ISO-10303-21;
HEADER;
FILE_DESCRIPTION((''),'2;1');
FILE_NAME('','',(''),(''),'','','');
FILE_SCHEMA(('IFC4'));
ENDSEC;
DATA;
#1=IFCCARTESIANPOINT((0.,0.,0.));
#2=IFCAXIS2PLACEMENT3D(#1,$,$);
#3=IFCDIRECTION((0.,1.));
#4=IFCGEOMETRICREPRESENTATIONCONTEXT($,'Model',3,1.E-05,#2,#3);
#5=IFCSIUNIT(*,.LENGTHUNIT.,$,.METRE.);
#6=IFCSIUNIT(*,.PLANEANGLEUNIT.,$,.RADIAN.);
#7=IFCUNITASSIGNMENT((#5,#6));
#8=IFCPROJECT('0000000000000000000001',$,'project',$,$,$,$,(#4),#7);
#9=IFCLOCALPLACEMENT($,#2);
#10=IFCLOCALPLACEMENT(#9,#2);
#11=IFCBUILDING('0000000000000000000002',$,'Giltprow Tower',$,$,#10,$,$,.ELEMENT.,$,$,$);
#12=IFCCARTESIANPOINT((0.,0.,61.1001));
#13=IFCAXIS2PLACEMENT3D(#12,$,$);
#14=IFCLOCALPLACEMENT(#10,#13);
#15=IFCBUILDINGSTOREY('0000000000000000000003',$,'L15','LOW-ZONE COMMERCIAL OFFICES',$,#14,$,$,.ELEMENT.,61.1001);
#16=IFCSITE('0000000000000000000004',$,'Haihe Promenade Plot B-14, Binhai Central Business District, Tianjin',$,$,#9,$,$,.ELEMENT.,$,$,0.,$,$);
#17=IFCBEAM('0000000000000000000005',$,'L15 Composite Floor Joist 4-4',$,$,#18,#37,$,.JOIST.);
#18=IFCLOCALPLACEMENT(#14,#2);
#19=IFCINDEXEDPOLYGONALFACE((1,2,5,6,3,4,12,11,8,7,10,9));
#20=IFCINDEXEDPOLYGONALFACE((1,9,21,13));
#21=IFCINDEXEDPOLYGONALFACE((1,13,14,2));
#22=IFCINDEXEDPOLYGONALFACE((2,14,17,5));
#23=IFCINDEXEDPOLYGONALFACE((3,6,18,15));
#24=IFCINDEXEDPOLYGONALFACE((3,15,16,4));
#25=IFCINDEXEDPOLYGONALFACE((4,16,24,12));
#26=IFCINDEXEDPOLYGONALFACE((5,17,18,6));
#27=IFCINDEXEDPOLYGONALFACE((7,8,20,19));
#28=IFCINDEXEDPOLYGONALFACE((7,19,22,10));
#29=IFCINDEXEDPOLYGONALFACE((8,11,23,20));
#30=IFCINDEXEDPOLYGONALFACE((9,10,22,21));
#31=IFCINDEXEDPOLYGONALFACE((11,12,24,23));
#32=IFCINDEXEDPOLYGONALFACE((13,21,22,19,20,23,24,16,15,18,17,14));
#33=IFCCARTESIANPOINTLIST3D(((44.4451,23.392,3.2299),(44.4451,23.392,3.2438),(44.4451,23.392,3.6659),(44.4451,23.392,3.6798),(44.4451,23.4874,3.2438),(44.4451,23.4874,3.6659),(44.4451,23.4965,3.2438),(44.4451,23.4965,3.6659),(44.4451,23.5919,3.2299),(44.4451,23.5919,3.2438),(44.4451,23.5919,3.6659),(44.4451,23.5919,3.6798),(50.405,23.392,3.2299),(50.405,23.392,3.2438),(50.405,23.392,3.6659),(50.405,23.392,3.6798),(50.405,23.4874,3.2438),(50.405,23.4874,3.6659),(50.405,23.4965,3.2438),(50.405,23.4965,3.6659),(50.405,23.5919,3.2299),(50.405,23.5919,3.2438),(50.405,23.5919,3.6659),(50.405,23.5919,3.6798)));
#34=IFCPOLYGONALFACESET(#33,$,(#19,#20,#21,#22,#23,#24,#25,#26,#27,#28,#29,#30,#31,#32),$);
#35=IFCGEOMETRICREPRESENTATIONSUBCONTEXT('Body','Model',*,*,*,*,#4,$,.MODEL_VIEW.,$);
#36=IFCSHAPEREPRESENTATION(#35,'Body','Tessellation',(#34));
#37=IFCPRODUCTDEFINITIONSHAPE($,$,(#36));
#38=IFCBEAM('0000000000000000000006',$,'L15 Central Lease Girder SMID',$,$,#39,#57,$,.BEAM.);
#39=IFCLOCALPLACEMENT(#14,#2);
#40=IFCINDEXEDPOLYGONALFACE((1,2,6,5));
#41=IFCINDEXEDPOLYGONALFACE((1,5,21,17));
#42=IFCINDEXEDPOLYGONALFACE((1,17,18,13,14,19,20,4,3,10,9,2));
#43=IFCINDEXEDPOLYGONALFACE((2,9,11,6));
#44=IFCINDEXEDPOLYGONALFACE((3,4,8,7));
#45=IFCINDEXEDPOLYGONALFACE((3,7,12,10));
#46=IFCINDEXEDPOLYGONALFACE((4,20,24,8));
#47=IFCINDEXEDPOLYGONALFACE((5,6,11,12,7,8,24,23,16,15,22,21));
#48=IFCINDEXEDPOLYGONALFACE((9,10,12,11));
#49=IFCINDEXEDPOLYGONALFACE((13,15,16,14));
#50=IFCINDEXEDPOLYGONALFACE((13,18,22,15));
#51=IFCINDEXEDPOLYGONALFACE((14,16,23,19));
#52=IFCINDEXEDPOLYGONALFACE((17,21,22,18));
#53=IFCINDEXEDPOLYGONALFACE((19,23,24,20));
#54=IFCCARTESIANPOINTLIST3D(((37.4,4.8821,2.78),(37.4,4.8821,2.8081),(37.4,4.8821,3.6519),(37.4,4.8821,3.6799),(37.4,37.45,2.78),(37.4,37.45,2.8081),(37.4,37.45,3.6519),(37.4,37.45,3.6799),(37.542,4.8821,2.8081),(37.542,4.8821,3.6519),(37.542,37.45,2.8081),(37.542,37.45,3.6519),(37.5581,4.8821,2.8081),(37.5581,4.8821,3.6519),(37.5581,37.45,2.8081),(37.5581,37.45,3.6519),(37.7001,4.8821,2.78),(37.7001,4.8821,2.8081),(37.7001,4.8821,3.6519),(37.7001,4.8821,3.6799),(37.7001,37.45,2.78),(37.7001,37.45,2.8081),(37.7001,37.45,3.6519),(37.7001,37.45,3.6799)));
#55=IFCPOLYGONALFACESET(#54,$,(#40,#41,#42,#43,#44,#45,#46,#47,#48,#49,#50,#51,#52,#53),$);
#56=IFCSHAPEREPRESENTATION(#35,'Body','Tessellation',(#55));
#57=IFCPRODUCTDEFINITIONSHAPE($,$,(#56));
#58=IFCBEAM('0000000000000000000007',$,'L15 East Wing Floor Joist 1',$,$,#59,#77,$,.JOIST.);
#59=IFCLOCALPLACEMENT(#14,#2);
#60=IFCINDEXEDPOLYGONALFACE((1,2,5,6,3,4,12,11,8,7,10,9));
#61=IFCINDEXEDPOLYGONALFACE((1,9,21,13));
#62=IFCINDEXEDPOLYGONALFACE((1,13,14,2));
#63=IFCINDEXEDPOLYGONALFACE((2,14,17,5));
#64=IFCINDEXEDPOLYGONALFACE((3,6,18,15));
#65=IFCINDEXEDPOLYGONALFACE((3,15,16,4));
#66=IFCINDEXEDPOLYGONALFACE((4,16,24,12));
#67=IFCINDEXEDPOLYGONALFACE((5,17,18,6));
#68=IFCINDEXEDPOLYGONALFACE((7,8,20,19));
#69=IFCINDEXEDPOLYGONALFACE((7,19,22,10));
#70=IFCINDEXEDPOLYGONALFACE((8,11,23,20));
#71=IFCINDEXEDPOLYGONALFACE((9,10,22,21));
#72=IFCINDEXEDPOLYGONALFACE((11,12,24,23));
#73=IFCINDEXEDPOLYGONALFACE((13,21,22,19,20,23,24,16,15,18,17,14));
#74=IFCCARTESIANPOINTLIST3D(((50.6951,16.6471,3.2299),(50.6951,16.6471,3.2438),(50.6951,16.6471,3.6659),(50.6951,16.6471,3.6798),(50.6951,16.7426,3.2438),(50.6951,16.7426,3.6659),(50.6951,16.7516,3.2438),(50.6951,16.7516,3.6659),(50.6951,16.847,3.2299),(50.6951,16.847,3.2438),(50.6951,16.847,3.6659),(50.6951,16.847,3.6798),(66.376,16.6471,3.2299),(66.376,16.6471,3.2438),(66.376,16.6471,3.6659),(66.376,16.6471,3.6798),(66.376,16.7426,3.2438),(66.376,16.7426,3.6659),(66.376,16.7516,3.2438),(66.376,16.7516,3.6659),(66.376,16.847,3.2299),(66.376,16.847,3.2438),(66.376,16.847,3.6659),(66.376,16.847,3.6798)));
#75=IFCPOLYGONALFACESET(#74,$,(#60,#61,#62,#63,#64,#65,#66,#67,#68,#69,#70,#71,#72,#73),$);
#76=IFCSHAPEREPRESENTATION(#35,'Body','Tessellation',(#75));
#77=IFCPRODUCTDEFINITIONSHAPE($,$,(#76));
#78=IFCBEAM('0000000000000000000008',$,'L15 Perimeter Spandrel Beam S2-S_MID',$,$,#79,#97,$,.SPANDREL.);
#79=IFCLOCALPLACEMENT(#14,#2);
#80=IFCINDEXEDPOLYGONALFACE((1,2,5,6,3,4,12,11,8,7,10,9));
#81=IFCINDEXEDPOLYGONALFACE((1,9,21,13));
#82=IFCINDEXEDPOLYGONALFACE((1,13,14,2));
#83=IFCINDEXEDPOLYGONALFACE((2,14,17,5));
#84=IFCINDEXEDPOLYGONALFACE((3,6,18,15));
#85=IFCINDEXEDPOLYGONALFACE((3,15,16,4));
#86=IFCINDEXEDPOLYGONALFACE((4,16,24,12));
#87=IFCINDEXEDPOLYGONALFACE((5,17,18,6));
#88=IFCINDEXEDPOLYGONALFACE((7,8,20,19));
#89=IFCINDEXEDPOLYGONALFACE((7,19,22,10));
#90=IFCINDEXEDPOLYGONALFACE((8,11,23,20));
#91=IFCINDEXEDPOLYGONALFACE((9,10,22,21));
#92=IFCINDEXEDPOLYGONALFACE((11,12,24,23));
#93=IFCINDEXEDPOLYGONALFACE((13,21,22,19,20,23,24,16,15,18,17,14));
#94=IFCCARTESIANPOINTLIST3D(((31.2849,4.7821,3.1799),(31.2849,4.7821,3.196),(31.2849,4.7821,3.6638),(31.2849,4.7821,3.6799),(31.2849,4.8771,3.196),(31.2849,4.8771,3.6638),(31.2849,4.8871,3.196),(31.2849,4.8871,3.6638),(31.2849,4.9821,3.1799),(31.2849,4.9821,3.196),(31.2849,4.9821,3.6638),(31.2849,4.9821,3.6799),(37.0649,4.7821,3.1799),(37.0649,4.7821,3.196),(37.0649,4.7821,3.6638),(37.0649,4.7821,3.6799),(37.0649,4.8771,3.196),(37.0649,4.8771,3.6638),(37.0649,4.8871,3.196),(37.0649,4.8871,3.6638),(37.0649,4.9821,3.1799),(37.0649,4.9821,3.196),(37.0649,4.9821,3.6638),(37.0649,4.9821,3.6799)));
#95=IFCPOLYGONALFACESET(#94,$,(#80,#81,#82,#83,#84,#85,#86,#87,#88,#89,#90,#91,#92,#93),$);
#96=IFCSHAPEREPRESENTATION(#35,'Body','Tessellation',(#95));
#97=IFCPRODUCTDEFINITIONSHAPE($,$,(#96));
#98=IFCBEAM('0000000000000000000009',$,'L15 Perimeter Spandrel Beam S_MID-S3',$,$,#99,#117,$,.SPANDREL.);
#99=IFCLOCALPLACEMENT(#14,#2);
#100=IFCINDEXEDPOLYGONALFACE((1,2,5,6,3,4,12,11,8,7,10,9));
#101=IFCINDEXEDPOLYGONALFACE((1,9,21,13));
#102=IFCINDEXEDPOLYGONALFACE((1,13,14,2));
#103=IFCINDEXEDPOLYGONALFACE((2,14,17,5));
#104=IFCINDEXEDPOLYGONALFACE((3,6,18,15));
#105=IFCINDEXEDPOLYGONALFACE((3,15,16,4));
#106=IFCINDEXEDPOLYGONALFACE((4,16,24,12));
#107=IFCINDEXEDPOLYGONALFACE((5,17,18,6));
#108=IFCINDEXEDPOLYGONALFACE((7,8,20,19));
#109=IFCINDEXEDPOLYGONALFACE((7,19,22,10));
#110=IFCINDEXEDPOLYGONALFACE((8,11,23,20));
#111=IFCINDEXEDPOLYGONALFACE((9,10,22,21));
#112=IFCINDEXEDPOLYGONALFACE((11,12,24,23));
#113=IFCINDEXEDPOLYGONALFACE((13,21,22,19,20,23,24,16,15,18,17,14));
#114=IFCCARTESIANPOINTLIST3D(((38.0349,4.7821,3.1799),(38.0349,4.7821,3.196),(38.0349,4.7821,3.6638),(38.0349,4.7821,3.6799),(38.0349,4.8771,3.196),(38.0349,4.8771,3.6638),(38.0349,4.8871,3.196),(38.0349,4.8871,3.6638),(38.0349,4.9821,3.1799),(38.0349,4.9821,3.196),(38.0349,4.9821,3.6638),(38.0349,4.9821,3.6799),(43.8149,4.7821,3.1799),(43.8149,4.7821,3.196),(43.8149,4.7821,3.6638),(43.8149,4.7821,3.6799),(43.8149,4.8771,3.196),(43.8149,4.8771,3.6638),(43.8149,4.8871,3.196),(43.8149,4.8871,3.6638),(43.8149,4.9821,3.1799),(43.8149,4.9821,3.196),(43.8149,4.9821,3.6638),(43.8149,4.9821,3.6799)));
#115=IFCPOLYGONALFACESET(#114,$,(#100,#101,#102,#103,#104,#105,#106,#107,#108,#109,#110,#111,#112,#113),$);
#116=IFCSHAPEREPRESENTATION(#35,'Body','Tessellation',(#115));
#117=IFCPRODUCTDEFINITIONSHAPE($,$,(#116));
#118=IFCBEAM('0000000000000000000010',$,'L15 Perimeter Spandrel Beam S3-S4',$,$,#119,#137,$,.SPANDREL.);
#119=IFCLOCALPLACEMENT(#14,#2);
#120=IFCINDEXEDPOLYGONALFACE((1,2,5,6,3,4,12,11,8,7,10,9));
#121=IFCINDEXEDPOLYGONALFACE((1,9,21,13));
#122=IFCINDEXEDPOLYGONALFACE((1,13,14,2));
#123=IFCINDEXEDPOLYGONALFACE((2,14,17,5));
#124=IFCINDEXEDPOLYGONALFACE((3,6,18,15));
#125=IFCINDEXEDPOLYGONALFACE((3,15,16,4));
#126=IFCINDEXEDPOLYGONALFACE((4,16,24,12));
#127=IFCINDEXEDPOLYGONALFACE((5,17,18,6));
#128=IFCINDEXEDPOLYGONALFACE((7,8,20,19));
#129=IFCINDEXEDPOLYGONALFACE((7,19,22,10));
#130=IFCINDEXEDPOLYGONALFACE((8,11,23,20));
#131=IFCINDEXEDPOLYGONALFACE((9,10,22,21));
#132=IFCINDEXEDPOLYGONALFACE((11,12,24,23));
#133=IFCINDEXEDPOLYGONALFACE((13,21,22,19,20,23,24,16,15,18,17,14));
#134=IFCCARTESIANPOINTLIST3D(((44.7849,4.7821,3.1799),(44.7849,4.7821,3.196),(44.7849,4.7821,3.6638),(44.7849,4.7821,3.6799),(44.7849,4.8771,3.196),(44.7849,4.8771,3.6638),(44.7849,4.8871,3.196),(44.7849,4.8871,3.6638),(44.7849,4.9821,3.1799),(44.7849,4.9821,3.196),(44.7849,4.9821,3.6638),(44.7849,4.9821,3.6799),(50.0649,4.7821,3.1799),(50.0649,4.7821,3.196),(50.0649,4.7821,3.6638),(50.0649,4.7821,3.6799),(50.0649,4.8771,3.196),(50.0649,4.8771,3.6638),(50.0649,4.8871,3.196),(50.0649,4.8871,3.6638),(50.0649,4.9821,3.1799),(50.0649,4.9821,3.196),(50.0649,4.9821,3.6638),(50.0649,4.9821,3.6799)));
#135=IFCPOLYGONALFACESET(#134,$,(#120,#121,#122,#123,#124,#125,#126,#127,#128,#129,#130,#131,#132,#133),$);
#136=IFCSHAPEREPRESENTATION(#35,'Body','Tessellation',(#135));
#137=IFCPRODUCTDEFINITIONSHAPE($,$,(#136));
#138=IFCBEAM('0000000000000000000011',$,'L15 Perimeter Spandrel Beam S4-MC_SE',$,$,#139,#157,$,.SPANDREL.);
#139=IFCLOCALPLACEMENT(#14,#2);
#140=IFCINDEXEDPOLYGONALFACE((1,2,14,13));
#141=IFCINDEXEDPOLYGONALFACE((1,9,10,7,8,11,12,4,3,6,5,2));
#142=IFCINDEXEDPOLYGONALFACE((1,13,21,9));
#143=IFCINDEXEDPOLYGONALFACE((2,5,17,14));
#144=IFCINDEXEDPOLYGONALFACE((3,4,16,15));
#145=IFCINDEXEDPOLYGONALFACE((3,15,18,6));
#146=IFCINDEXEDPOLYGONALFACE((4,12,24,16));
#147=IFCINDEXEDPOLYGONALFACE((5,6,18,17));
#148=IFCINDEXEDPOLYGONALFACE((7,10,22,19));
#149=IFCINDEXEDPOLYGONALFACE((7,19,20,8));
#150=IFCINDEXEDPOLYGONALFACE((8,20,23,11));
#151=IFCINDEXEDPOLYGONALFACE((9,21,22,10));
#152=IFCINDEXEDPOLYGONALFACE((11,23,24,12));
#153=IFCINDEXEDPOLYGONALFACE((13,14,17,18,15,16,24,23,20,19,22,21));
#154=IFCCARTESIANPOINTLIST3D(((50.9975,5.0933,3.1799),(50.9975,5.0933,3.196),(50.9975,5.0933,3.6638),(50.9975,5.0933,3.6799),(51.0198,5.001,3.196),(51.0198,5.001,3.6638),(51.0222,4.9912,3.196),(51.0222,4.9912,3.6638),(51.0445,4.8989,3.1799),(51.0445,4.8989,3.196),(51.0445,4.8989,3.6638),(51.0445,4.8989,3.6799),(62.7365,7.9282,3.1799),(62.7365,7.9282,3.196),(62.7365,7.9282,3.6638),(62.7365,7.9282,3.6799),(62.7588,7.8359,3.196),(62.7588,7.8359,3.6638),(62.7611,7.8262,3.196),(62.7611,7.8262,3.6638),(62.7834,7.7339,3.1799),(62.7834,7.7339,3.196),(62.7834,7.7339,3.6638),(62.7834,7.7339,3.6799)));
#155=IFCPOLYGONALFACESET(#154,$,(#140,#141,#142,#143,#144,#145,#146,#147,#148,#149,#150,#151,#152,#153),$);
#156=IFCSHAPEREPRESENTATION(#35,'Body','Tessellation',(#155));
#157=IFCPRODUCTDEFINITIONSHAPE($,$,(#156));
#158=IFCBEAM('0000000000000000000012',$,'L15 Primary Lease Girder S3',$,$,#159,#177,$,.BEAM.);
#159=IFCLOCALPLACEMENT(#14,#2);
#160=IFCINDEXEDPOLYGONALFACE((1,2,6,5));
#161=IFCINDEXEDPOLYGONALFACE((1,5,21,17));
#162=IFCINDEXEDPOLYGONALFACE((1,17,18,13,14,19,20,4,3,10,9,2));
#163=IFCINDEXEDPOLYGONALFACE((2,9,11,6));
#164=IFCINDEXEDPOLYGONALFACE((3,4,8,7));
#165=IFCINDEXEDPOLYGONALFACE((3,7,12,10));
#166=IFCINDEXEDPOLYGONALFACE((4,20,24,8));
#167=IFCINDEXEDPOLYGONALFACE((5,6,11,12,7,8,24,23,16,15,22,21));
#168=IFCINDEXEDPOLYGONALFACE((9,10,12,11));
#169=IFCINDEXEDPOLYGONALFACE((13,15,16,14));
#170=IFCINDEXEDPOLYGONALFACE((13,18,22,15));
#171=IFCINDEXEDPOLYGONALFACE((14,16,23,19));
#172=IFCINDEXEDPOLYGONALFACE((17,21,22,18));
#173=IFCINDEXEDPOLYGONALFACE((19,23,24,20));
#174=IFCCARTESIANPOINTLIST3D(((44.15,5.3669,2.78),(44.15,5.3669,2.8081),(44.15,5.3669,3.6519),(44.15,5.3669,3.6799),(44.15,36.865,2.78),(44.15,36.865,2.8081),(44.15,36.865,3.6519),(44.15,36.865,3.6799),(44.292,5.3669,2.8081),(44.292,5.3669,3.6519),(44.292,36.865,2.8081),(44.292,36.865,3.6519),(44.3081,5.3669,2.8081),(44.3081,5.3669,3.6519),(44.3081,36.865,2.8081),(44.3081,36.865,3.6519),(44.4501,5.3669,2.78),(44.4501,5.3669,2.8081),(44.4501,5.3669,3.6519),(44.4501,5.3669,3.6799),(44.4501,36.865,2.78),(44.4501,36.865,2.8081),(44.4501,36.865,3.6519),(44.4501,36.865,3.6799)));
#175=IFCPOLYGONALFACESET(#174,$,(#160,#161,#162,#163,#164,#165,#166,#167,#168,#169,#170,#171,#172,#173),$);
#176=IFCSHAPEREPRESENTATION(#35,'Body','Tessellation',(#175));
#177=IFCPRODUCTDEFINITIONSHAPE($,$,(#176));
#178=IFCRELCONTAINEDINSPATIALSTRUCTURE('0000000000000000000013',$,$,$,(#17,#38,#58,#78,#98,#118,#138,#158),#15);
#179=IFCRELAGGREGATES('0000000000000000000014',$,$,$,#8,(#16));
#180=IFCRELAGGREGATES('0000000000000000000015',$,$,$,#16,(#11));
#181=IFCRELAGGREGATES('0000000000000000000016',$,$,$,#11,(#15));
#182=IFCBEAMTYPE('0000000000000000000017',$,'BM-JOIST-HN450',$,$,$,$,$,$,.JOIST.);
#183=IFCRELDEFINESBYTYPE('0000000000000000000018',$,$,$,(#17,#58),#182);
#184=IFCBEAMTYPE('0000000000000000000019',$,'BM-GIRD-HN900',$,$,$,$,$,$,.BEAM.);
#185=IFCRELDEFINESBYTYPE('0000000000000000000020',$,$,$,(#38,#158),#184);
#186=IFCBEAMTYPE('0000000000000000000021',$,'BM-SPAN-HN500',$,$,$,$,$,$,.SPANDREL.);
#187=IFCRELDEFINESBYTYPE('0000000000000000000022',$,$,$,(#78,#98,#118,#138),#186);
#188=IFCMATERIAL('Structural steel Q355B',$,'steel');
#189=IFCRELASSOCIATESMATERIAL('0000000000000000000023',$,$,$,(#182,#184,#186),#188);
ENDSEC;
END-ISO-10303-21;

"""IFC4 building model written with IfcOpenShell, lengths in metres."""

from ifc_helpers import new_model, si_unit, direction, frame, origin, origin_2d, place, context, subcontext, project, spatial, i_section, extrude, source, transform, mapped, material, material_profile, profile_set, type_object, element, save


model = new_model("IFC4")

# Units and contexts
model_context = context("Model", 3, precision=1e-05, world=origin(), true_north=direction((0.0, 1.0)))
body_context = subcontext(model_context, "Body", "Model", "MODEL_VIEW")
ifc_project = project(units=[si_unit("LENGTHUNIT", "METRE"), si_unit("PLANEANGLEUNIT", "RADIAN")], contexts=[model_context])

# Site, building, storey
site_placement = place(None, origin())
site = spatial("IfcSite", under=ifc_project, at=site_placement, Name="Haihe Promenade Plot B-14, Binhai Central Business District, Tianjin", CompositionType="ELEMENT", RefElevation=0.0)
building_placement = place(site_placement, origin())
building = spatial("IfcBuilding", under=site, at=building_placement, Name="Giltprow Tower", CompositionType="ELEMENT")
storey_placement = place(building_placement, frame((0.0, 0.0, 61.1001)))
storey = spatial("IfcBuildingStorey", under=building, at=storey_placement, Name="L15", Description="LOW-ZONE COMMERCIAL OFFICES", CompositionType="ELEMENT", Elevation=61.1001)

# Beams
ifc_material_1 = material(Name="Structural steel Q355B", Category="steel")
ifc_material_profile_1 = material_profile(ifc_material_1, i_section(OverallWidth=0.2, OverallDepth=0.45, WebThickness=0.009, FlangeThickness=0.0139, at=origin_2d()), Name="HN 450x200x9x14")
ifc_profile_set_1 = profile_set([ifc_material_profile_1], Name="Structural steel Q355B")
beam_type_1 = type_object("IfcBeamType", Name="BM-JOIST-HN450", PredefinedType="JOIST", material=ifc_profile_set_1)
shared_shape_1 = source(origin(), body_context, "Body", "SweptSolid", [
    extrude(i_section(OverallWidth=0.2, OverallDepth=0.45, WebThickness=0.009, FlangeThickness=0.0139, at=origin_2d()), origin(), (0.0, 0.0, 1.0), 5.96),
])
for number, where, z_axis, x_axis, name in (
    (1, (44.4451, 23.4919, 3.4548), (1.0, 0.0, 0.0), (0.0, 1.0, 0.0), "L15 Composite Floor Joist 4-4"),
):
    element("IfcBeam", number, at=place(storey_placement, frame(where, z_axis=z_axis, x_axis=x_axis)), inside=storey, type_object=beam_type_1, Name=name, PredefinedType="JOIST", context=body_context, shape_type="MappedRepresentation", body=[
        mapped(shared_shape_1, transform((0.0, 0.0, 0.0), x_axis=(1.0, 0.0, 0.0), y_axis=(0.0, 1.0, 0.0), z_axis=(0.0, 0.0, 1.0), scale=1.0)),
    ])
ifc_material_profile_2 = material_profile(ifc_material_1, i_section(OverallWidth=0.3, OverallDepth=0.8999, WebThickness=0.0161, FlangeThickness=0.0281, at=origin_2d()), Name="HN 900x300x16x28")
ifc_profile_set_2 = profile_set([ifc_material_profile_2], Name="Structural steel Q355B")
beam_type_2 = type_object("IfcBeamType", Name="BM-GIRD-HN900", PredefinedType="BEAM", material=ifc_profile_set_2)
shared_shape_2 = source(origin(), body_context, "Body", "SweptSolid", [
    extrude(i_section(OverallWidth=0.3, OverallDepth=0.8999, WebThickness=0.0161, FlangeThickness=0.0281, at=origin_2d()), origin(), (0.0, 0.0, 1.0), 32.5679),
])
beam_1_placement = place(storey_placement, frame((37.55, 4.8821, 3.23), z_axis=(0.0, 1.0, 0.0), x_axis=(-1.0, 0.0, 0.0)))
element("IfcBeam", 2, at=beam_1_placement, inside=storey, type_object=beam_type_2, Name="L15 Central Lease Girder SMID", PredefinedType="BEAM", context=body_context, shape_type="MappedRepresentation", body=[
    mapped(shared_shape_2, transform((0.0, 0.0, 0.0), x_axis=(1.0, 0.0, 0.0), y_axis=(0.0, 1.0, 0.0), z_axis=(0.0, 0.0, 1.0), scale=1.0)),
])
shared_shape_3 = source(origin(), body_context, "Body", "SweptSolid", [
    extrude(i_section(OverallWidth=0.2, OverallDepth=0.45, WebThickness=0.009, FlangeThickness=0.0139, at=origin_2d()), origin(), (0.0, 0.0, 1.0), 15.6809),
])
beam_2_placement = place(storey_placement, frame((50.6951, 16.7471, 3.4548), z_axis=(1.0, 0.0, 0.0), x_axis=(0.0, 1.0, 0.0)))
element("IfcBeam", 3, at=beam_2_placement, inside=storey, type_object=beam_type_1, Name="L15 East Wing Floor Joist 1", PredefinedType="JOIST", context=body_context, shape_type="MappedRepresentation", body=[
    mapped(shared_shape_3, transform((0.0, 0.0, 0.0), x_axis=(1.0, 0.0, 0.0), y_axis=(0.0, 1.0, 0.0), z_axis=(0.0, 0.0, 1.0), scale=1.0)),
])
ifc_material_profile_3 = material_profile(ifc_material_1, i_section(OverallWidth=0.2, OverallDepth=0.5, WebThickness=0.01, FlangeThickness=0.0161, at=origin_2d()), Name="HN 500x200x10x16")
ifc_profile_set_3 = profile_set([ifc_material_profile_3], Name="Structural steel Q355B")
beam_type_3 = type_object("IfcBeamType", Name="BM-SPAN-HN500", PredefinedType="SPANDREL", material=ifc_profile_set_3)
shared_shape_4 = source(origin(), body_context, "Body", "SweptSolid", [
    extrude(i_section(OverallWidth=0.2, OverallDepth=0.5, WebThickness=0.01, FlangeThickness=0.0161, at=origin_2d()), origin(), (0.0, 0.0, 1.0), 5.78),
])
for number, where, z_axis, x_axis, name in (
    (4, (31.2849, 4.8821, 3.4299), (1.0, 0.0, 0.0), (0.0, 1.0, 0.0), "L15 Perimeter Spandrel Beam S2-S_MID"),
    (5, (38.0349, 4.8821, 3.4299), (1.0, 0.0, 0.0), (0.0, 1.0, 0.0), "L15 Perimeter Spandrel Beam S_MID-S3"),
):
    element("IfcBeam", number, at=place(storey_placement, frame(where, z_axis=z_axis, x_axis=x_axis)), inside=storey, type_object=beam_type_3, Name=name, PredefinedType="SPANDREL", context=body_context, shape_type="MappedRepresentation", body=[
        mapped(shared_shape_4, transform((0.0, 0.0, 0.0), x_axis=(1.0, 0.0, 0.0), y_axis=(0.0, 1.0, 0.0), z_axis=(0.0, 0.0, 1.0), scale=1.0)),
    ])
shared_shape_5 = source(origin(), body_context, "Body", "SweptSolid", [
    extrude(i_section(OverallWidth=0.2, OverallDepth=0.5, WebThickness=0.01, FlangeThickness=0.0161, at=origin_2d()), origin(), (0.0, 0.0, 1.0), 5.28),
])
beam_3_placement = place(storey_placement, frame((44.7849, 4.8821, 3.4299), z_axis=(1.0, 0.0, 0.0), x_axis=(0.0, 1.0, 0.0)))
element("IfcBeam", 6, at=beam_3_placement, inside=storey, type_object=beam_type_3, Name="L15 Perimeter Spandrel Beam S3-S4", PredefinedType="SPANDREL", context=body_context, shape_type="MappedRepresentation", body=[
    mapped(shared_shape_5, transform((0.0, 0.0, 0.0), x_axis=(1.0, 0.0, 0.0), y_axis=(0.0, 1.0, 0.0), z_axis=(0.0, 0.0, 1.0), scale=1.0)),
])
shared_shape_6 = source(origin(), body_context, "Body", "SweptSolid", [
    extrude(i_section(OverallWidth=0.2, OverallDepth=0.5, WebThickness=0.01, FlangeThickness=0.0161, at=origin_2d()), origin(), (0.0, 0.0, 1.0), 12.0764),
])
beam_4_placement = place(storey_placement, frame((51.021, 4.9961, 3.4299), z_axis=(0.972056, 0.234751, 0.0), x_axis=(-0.234751, 0.972056, 0.0)))
element("IfcBeam", 7, at=beam_4_placement, inside=storey, type_object=beam_type_3, Name="L15 Perimeter Spandrel Beam S4-MC_SE", PredefinedType="SPANDREL", context=body_context, shape_type="MappedRepresentation", body=[
    mapped(shared_shape_6, transform((0.0, 0.0, 0.0), x_axis=(1.0, 0.0, 0.0), y_axis=(0.0, 1.0, 0.0), z_axis=(0.0, 0.0, 1.0), scale=1.0)),
])
shared_shape_7 = source(origin(), body_context, "Body", "SweptSolid", [
    extrude(i_section(OverallWidth=0.3, OverallDepth=0.8999, WebThickness=0.0161, FlangeThickness=0.0281, at=origin_2d()), origin(), (0.0, 0.0, 1.0), 31.498),
])
for number, where, z_axis, x_axis, name in (
    (8, (44.3, 5.3669, 3.23), (0.0, 1.0, 0.0), (-1.0, 0.0, 0.0), "L15 Primary Lease Girder S3"),
):
    element("IfcBeam", number, at=place(storey_placement, frame(where, z_axis=z_axis, x_axis=x_axis)), inside=storey, type_object=beam_type_2, Name=name, PredefinedType="BEAM", context=body_context, shape_type="MappedRepresentation", body=[
        mapped(shared_shape_7, transform((0.0, 0.0, 0.0), x_axis=(1.0, 0.0, 0.0), y_axis=(0.0, 1.0, 0.0), z_axis=(0.0, 0.0, 1.0), scale=1.0)),
    ])

save(model, "model.ifc")
